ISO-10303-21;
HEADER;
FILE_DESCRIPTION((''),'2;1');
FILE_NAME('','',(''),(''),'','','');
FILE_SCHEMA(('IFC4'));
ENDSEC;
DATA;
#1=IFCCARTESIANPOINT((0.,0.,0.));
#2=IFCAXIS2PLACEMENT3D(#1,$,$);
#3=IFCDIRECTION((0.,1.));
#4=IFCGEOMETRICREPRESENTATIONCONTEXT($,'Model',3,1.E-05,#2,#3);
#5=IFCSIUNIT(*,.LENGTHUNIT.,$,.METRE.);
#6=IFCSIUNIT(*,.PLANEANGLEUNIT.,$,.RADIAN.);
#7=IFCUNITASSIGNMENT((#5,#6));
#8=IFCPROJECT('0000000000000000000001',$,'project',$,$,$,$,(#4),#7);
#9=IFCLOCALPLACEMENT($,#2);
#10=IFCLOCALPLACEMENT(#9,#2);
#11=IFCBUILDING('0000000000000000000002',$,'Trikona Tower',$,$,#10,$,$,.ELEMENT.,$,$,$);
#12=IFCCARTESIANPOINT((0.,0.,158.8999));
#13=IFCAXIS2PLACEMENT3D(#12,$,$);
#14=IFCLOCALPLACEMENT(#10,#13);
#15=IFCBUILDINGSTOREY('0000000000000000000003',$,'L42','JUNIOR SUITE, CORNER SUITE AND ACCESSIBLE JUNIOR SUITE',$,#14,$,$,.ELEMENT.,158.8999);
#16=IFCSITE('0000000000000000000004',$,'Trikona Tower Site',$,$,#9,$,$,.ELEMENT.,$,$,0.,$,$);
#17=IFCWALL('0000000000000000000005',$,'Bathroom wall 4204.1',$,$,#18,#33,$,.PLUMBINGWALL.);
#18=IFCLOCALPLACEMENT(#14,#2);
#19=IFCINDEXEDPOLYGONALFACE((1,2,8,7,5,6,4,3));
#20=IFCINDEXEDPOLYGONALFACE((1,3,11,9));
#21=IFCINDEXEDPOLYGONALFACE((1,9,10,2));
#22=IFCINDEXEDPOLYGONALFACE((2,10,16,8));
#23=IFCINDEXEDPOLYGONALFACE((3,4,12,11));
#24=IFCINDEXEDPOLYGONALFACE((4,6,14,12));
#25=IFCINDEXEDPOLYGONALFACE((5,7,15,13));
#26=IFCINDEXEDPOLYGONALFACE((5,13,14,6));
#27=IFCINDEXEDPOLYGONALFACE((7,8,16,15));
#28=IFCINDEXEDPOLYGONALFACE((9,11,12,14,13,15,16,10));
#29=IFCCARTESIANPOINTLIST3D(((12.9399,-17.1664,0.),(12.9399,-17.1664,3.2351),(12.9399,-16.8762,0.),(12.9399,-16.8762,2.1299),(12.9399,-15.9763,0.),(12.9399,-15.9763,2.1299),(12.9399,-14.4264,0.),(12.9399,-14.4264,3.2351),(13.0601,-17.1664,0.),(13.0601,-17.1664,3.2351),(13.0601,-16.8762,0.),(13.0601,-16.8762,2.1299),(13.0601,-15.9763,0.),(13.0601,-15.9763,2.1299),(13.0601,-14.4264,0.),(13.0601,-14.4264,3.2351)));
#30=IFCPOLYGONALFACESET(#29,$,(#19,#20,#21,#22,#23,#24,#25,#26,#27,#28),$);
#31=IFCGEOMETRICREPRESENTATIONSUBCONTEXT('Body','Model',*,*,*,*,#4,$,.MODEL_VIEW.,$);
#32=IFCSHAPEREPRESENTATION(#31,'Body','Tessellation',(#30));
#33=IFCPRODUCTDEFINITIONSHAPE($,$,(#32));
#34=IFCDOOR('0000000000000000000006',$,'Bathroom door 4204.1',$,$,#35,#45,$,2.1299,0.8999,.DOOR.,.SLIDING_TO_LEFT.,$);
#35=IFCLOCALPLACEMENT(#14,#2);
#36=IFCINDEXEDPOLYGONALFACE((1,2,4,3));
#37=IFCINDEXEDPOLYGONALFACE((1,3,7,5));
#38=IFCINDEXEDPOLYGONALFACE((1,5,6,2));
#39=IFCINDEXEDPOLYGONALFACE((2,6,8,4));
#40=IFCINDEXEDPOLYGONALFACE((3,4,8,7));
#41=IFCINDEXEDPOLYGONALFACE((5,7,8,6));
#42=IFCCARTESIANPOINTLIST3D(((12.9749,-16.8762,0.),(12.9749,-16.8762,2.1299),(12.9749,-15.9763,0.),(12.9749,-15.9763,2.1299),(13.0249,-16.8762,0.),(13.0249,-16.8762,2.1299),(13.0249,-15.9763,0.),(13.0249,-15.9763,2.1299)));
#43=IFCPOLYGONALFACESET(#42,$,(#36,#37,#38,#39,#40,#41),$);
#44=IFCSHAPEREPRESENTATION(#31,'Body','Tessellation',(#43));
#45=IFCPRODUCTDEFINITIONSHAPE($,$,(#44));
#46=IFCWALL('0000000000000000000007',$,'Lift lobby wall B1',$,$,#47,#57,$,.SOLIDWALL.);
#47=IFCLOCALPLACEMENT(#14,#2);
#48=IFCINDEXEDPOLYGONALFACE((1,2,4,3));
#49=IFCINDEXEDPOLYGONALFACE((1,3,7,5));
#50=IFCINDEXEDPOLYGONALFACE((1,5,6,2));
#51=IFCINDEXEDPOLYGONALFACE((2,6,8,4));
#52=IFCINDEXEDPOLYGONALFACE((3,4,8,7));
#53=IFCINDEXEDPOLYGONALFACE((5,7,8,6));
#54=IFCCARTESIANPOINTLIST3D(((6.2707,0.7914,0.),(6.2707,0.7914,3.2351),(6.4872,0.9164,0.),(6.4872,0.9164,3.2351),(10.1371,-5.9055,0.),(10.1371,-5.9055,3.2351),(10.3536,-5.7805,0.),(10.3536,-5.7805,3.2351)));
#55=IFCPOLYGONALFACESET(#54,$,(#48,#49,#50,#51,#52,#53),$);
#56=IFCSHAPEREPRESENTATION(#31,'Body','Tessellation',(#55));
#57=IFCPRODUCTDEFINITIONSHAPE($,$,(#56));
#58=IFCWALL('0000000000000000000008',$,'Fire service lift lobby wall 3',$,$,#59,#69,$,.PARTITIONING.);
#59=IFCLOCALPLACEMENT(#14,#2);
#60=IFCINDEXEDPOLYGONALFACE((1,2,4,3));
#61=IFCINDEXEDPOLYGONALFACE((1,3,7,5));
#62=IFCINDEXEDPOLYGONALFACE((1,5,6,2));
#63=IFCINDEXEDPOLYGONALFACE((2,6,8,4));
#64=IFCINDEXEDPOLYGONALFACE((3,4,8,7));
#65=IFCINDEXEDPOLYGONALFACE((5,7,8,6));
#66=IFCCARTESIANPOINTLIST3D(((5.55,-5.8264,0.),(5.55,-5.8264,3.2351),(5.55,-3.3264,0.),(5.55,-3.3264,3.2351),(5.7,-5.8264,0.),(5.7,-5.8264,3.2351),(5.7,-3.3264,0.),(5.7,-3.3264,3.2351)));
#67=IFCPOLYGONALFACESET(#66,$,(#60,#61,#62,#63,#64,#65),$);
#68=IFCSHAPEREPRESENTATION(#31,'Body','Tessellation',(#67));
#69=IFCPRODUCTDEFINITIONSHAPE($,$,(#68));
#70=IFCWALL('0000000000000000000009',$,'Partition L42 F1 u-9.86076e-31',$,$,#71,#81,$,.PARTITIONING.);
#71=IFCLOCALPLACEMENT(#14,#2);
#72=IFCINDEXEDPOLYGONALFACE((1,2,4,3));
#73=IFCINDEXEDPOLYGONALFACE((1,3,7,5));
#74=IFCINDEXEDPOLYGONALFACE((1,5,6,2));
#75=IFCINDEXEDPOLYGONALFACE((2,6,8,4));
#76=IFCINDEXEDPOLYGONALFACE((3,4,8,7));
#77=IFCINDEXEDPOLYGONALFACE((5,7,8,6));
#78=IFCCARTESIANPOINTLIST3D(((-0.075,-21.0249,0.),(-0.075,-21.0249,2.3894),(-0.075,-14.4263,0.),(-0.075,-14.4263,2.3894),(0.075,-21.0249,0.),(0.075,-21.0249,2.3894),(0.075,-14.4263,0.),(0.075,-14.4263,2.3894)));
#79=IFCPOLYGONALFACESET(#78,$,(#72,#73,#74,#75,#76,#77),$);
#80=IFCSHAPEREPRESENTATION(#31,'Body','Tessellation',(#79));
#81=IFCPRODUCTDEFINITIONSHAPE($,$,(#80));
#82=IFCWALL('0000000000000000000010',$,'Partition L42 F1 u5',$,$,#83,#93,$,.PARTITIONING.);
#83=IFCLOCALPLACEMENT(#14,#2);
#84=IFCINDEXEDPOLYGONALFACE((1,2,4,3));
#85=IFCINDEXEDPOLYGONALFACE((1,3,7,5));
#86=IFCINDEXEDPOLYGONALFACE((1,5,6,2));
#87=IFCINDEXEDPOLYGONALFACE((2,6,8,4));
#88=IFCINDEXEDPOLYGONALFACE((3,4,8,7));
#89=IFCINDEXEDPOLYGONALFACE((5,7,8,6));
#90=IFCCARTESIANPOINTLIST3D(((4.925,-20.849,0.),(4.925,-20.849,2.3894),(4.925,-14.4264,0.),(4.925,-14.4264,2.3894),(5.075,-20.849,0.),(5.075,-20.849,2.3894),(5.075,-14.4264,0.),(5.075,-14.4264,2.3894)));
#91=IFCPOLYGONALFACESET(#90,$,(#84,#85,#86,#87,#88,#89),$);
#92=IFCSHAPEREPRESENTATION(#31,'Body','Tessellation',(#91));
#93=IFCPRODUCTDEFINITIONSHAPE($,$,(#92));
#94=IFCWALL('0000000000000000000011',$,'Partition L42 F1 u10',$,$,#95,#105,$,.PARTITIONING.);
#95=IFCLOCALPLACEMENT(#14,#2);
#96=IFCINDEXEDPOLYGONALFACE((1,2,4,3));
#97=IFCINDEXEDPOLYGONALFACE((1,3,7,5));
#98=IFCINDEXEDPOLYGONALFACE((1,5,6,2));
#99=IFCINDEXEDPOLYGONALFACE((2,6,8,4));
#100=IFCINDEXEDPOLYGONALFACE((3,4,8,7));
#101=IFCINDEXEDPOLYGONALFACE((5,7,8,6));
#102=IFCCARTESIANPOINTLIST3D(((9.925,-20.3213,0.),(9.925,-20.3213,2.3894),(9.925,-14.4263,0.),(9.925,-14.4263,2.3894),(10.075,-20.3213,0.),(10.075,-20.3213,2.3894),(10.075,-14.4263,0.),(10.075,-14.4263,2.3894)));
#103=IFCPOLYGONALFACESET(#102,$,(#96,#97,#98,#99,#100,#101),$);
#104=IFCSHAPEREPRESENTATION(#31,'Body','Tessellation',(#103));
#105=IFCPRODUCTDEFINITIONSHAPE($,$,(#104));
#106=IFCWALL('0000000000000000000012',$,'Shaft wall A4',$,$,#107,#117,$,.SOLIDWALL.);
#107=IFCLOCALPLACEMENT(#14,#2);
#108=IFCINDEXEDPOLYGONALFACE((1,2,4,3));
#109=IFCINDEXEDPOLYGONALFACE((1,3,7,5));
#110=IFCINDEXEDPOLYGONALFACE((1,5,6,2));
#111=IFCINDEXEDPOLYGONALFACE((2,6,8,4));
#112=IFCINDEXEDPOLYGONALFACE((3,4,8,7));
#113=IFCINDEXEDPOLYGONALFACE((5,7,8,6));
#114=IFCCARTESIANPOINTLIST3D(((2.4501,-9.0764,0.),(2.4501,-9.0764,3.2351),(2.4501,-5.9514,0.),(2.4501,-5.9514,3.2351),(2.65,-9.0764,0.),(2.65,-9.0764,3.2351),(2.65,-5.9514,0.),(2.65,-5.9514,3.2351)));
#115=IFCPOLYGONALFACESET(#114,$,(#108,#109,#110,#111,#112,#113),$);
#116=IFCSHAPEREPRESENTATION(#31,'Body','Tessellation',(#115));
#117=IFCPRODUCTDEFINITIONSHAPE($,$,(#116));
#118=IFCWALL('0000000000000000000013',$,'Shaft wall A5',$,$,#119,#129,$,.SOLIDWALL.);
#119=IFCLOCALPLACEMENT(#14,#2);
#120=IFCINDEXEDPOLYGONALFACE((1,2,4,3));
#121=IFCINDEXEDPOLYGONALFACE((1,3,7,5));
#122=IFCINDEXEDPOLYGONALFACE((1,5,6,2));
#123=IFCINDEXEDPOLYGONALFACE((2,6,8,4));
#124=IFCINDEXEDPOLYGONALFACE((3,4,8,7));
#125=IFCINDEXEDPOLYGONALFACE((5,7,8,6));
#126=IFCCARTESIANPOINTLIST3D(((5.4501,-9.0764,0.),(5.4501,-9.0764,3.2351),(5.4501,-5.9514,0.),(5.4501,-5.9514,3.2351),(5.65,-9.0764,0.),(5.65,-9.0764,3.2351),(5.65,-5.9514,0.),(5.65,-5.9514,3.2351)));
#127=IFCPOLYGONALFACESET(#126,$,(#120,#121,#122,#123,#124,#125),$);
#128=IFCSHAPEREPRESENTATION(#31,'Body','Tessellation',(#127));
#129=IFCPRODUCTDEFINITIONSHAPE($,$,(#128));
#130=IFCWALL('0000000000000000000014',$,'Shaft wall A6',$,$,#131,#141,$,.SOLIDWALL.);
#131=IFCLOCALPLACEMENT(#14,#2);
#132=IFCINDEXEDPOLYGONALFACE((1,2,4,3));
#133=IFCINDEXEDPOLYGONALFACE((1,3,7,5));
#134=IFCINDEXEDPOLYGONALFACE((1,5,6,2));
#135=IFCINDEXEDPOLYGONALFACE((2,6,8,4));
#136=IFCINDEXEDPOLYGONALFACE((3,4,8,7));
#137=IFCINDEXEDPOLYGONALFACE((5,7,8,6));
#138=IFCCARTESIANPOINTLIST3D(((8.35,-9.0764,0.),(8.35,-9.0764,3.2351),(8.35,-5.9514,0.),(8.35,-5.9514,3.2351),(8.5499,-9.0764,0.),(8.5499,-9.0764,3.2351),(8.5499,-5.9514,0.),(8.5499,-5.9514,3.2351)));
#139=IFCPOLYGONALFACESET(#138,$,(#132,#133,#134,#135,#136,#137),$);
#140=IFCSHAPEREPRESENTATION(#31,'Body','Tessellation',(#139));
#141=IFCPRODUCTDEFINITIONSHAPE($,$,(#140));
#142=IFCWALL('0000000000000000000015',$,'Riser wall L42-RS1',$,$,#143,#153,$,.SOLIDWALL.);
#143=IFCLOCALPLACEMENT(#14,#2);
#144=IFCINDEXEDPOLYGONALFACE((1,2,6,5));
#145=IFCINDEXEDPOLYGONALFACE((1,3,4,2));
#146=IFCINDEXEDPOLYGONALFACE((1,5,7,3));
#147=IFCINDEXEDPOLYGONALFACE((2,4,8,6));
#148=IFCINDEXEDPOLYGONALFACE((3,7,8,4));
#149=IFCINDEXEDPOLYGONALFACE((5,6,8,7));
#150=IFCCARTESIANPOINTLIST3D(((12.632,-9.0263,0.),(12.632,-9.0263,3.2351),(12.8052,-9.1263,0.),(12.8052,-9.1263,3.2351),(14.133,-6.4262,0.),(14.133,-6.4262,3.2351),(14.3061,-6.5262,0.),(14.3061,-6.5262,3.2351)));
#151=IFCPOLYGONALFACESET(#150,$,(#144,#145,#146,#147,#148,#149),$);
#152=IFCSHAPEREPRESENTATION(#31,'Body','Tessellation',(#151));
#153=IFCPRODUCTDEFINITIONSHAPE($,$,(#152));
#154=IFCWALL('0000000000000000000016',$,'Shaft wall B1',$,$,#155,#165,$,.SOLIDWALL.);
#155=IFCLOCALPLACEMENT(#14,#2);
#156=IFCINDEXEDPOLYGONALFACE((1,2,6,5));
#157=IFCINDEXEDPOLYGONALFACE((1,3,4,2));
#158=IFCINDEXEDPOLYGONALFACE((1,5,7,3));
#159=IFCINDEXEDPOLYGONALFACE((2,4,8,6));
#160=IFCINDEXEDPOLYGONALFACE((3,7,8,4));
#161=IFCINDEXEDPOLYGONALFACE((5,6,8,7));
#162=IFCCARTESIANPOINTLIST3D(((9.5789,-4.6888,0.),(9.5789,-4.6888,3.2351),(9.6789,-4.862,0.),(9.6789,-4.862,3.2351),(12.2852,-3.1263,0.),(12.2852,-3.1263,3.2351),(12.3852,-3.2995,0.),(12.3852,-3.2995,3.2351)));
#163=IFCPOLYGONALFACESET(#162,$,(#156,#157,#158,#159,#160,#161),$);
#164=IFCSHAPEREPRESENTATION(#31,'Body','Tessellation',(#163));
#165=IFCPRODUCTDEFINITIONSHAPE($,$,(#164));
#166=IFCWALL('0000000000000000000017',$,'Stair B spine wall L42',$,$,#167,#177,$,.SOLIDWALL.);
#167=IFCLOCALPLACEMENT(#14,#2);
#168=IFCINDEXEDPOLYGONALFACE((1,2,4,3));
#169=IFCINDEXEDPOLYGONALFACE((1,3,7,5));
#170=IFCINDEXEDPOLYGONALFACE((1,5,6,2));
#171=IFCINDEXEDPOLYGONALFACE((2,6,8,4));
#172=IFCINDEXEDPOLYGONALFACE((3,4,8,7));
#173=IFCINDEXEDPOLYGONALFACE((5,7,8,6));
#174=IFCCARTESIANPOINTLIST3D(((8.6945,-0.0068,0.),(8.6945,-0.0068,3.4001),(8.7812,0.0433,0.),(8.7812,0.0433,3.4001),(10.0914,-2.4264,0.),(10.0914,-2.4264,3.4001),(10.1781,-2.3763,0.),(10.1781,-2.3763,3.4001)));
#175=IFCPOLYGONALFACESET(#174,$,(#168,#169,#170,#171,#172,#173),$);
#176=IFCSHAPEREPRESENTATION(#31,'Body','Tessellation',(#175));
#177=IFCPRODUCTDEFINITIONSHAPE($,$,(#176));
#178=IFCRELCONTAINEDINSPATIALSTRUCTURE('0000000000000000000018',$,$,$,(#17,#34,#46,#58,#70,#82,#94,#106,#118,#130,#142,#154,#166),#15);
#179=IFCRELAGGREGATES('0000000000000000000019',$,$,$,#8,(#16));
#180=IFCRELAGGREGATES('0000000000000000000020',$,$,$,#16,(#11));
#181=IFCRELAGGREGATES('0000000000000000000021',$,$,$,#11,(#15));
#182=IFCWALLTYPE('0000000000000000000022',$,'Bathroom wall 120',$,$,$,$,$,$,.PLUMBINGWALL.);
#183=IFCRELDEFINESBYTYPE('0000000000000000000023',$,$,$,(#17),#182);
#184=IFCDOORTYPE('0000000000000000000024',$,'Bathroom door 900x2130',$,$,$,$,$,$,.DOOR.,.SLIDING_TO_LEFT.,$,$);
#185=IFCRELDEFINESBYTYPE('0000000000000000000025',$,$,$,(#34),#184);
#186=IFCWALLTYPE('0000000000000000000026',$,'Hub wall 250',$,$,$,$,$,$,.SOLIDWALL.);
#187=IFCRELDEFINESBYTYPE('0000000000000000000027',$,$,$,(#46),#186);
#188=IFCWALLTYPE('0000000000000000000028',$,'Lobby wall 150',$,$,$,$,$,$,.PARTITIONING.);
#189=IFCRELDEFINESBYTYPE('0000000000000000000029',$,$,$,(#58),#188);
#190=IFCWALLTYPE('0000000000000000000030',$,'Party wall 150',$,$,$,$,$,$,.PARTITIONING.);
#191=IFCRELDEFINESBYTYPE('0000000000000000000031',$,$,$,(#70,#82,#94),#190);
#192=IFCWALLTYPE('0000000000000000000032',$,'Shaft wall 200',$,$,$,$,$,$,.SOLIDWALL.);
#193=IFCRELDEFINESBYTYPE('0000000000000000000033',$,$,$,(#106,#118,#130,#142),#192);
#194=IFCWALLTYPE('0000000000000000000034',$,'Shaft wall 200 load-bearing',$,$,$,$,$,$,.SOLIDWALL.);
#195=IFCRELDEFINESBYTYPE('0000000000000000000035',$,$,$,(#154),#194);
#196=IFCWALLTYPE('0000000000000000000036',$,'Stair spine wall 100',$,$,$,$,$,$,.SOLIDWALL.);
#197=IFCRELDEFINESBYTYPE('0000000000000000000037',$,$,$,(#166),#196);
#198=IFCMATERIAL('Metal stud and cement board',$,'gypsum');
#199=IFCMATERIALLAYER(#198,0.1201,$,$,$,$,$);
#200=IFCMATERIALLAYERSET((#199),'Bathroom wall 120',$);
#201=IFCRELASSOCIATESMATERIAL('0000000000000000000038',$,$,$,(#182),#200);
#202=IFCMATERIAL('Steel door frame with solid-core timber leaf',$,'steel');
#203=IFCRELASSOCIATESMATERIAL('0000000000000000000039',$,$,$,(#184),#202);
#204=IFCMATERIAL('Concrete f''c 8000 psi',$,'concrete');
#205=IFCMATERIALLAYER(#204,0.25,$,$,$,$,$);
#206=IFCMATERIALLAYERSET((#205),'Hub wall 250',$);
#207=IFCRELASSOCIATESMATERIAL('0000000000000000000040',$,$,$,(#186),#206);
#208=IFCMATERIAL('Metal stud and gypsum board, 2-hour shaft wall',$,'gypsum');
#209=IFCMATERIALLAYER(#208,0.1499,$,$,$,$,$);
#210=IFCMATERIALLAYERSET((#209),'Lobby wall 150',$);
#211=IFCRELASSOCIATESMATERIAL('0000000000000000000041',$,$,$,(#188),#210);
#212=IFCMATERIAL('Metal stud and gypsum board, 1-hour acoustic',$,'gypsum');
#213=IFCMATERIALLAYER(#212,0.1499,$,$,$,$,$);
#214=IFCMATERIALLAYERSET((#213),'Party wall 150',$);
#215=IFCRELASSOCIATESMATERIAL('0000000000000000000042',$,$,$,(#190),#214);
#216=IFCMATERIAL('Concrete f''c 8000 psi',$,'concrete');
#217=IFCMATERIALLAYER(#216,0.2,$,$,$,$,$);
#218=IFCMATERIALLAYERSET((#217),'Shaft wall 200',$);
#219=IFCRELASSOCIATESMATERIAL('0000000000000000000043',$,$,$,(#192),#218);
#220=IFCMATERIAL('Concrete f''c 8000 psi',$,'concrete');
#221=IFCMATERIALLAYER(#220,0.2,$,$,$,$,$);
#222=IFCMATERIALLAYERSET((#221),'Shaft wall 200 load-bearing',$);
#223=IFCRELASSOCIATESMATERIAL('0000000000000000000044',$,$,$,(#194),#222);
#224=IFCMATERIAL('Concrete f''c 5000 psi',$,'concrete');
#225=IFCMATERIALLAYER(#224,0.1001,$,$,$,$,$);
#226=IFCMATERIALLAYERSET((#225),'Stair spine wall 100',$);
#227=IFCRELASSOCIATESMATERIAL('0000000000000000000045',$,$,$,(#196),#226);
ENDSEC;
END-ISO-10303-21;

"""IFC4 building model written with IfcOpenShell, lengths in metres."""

from ifc_helpers import new_model, si_unit, direction, frame, frame_2d, origin, place, context, subcontext, project, spatial, rectangle, extrude, material, layer, layer_set, type_object, element, fill, save


model = new_model("IFC4")

# Units and contexts
model_context = context("Model", 3, precision=1e-05, world=origin(), true_north=direction((0.0, 1.0)))
body_context = subcontext(model_context, "Body", "Model", "MODEL_VIEW")
ifc_project = project(units=[si_unit("LENGTHUNIT", "METRE"), si_unit("PLANEANGLEUNIT", "RADIAN")], contexts=[model_context])

# Site, building, storey
site_placement = place(None, origin())
site = spatial("IfcSite", under=ifc_project, at=site_placement, Name="Trikona Tower Site", CompositionType="ELEMENT", RefElevation=0.0)
building_placement = place(site_placement, origin())
building = spatial("IfcBuilding", under=site, at=building_placement, Name="Trikona Tower", CompositionType="ELEMENT")
storey_placement = place(building_placement, frame((0.0, 0.0, 158.8999)))
storey = spatial("IfcBuildingStorey", under=building, at=storey_placement, Name="L42", Description="JUNIOR SUITE, CORNER SUITE AND ACCESSIBLE JUNIOR SUITE", CompositionType="ELEMENT", Elevation=158.8999)

# Shared definitions
ifc_material_1 = material(Name="Metal stud and cement board", Category="gypsum")
ifc_layer_1 = layer(ifc_material_1, 0.1201)
ifc_layer_set_1 = layer_set([ifc_layer_1], Name="Bathroom wall 120")
wall_type_1 = type_object("IfcWallType", Name="Bathroom wall 120", PredefinedType="PLUMBINGWALL", material=ifc_layer_set_1)

# Shared definitions
ifc_material_2 = material(Name="Steel door frame with solid-core timber leaf", Category="steel")
door_type_1 = type_object("IfcDoorType", Name="Bathroom door 900x2130", OperationType="SLIDING_TO_LEFT", PredefinedType="DOOR", material=ifc_material_2)

# Wall, opening, door
wall_1_placement = place(storey_placement, frame((13.0, -14.4263, 0.0), z_axis=(0.0, 0.0, 1.0), x_axis=(0.0, -1.0, 0.0)))
wall_1 = element("IfcWall", 1, at=wall_1_placement, inside=storey, type_object=wall_type_1, Name="Bathroom wall 4204.1", PredefinedType="PLUMBINGWALL", context=body_context, shape_type="SweptSolid", body=[
    extrude(rectangle(XDim=2.74, YDim=0.1201, at=frame_2d((1.3701, 0.0))), origin(), (0.0, 0.0, 1.0), 3.2351),
])
opening_1_placement = place(wall_1_placement, frame((1.55, 0.0, 0.0)))
opening_1 = element("IfcOpeningElement", 2, at=opening_1_placement, cuts=wall_1, PredefinedType="OPENING", context=body_context, shape_type="SweptSolid", body=[
    extrude(rectangle(XDim=0.8999, YDim=2.1299, at=frame_2d((0.45, 1.0649))), frame((0.0, 0.0701, 0.0), z_axis=(0.0, -1.0, 0.0), x_axis=(1.0, 0.0, 0.0)), (0.0, 0.0, 1.0), 0.1401),
])
door_1_placement = place(opening_1_placement, origin())
door_1 = element("IfcDoor", 3, at=door_1_placement, inside=storey, type_object=door_type_1, Name="Bathroom door 4204.1", OperationType="SLIDING_TO_LEFT", OverallHeight=2.1299, OverallWidth=0.8999, PredefinedType="DOOR", context=body_context, shape_type="SweptSolid", body=[
    extrude(rectangle(XDim=0.8999, YDim=2.1299, at=frame_2d((0.45, 1.0649))), frame((0.0, 0.0249, 0.0), z_axis=(0.0, -1.0, 0.0), x_axis=(1.0, 0.0, 0.0)), (0.0, 0.0, 1.0), 0.05),
])
fill(opening_1, door_1)

# Walls
ifc_material_3 = material(Name="Concrete f'c 8000 psi", Category="concrete")
ifc_layer_2 = layer(ifc_material_3, 0.25)
ifc_layer_set_2 = layer_set([ifc_layer_2], Name="Hub wall 250")
wall_type_2 = type_object("IfcWallType", Name="Hub wall 250", PredefinedType="SOLIDWALL", material=ifc_layer_set_2)
wall_2_placement = place(storey_placement, frame((10.2454, -5.843, 0.0), z_axis=(0.0, 0.0, 1.0), x_axis=(-0.499993, 0.866029, 0.0)))
element("IfcWall", 4, at=wall_2_placement, inside=storey, type_object=wall_type_2, Name="Lift lobby wall B1", PredefinedType="SOLIDWALL", context=body_context, shape_type="SweptSolid", body=[
    extrude(rectangle(XDim=7.7329, YDim=0.25, at=frame_2d((3.8665, 0.0))), origin(), (0.0, 0.0, 1.0), 3.2351),
])
ifc_material_4 = material(Name="Metal stud and gypsum board, 2-hour shaft wall", Category="gypsum")
ifc_layer_3 = layer(ifc_material_4, 0.1499)
ifc_layer_set_3 = layer_set([ifc_layer_3], Name="Lobby wall 150")
wall_type_3 = type_object("IfcWallType", Name="Lobby wall 150", PredefinedType="PARTITIONING", material=ifc_layer_set_3)
wall_3_placement = place(storey_placement, frame((5.625, -5.8264, 0.0), z_axis=(0.0, 0.0, 1.0), x_axis=(0.0, 1.0, 0.0)))
element("IfcWall", 5, at=wall_3_placement, inside=storey, type_object=wall_type_3, Name="Fire service lift lobby wall 3", PredefinedType="PARTITIONING", context=body_context, shape_type="SweptSolid", body=[
    extrude(rectangle(XDim=2.5, YDim=0.1499, at=frame_2d((1.25, 0.0))), origin(), (0.0, 0.0, 1.0), 3.2351),
])
ifc_material_5 = material(Name="Metal stud and gypsum board, 1-hour acoustic", Category="gypsum")
ifc_layer_4 = layer(ifc_material_5, 0.1499)
ifc_layer_set_4 = layer_set([ifc_layer_4], Name="Party wall 150")
wall_type_4 = type_object("IfcWallType", Name="Party wall 150", PredefinedType="PARTITIONING", material=ifc_layer_set_4)
wall_4_placement = place(storey_placement, frame((0.0, -14.4263, 0.0), z_axis=(0.0, 0.0, 1.0), x_axis=(0.0, -1.0, 0.0)))
element("IfcWall", 6, at=wall_4_placement, inside=storey, type_object=wall_type_4, Name="Partition L42 F1 u-9.86076e-31", PredefinedType="PARTITIONING", context=body_context, shape_type="SweptSolid", body=[
    extrude(rectangle(XDim=6.5986, YDim=0.1499, at=frame_2d((3.2993, 0.0))), origin(), (0.0, 0.0, 1.0), 2.3894),
])
wall_5_placement = place(storey_placement, frame((5.0, -14.4263, 0.0), z_axis=(0.0, 0.0, 1.0), x_axis=(0.0, -1.0, 0.0)))
element("IfcWall", 7, at=wall_5_placement, inside=storey, type_object=wall_type_4, Name="Partition L42 F1 u5", PredefinedType="PARTITIONING", context=body_context, shape_type="SweptSolid", body=[
    extrude(rectangle(XDim=6.4226, YDim=0.1499, at=frame_2d((3.2114, 0.0))), origin(), (0.0, 0.0, 1.0), 2.3894),
])
wall_6_placement = place(storey_placement, frame((10.0, -14.4263, 0.0), z_axis=(0.0, 0.0, 1.0), x_axis=(0.0, -1.0, 0.0)))
element("IfcWall", 8, at=wall_6_placement, inside=storey, type_object=wall_type_4, Name="Partition L42 F1 u10", PredefinedType="PARTITIONING", context=body_context, shape_type="SweptSolid", body=[
    extrude(rectangle(XDim=5.895, YDim=0.1499, at=frame_2d((2.9475, 0.0))), origin(), (0.0, 0.0, 1.0), 2.3894),
])
ifc_material_6 = material(Name="Concrete f'c 8000 psi", Category="concrete")
ifc_layer_5 = layer(ifc_material_6, 0.2)
ifc_layer_set_5 = layer_set([ifc_layer_5], Name="Shaft wall 200")
wall_type_5 = type_object("IfcWallType", Name="Shaft wall 200", PredefinedType="SOLIDWALL", material=ifc_layer_set_5)
for number, where, z_axis, x_axis, name in (
    (9, (2.55, -5.9514, 0.0), (0.0, 0.0, 1.0), (0.0, -1.0, 0.0), "Shaft wall A4"),
    (10, (5.55, -5.9514, 0.0), (0.0, 0.0, 1.0), (0.0, -1.0, 0.0), "Shaft wall A5"),
    (11, (8.45, -5.9514, 0.0), (0.0, 0.0, 1.0), (0.0, -1.0, 0.0), "Shaft wall A6"),
):
    element("IfcWall", number, at=place(storey_placement, frame(where, z_axis=z_axis, x_axis=x_axis)), inside=storey, type_object=wall_type_5, Name=name, PredefinedType="SOLIDWALL", context=body_context, shape_type="SweptSolid", body=[
        extrude(rectangle(XDim=3.125, YDim=0.2, at=frame_2d((1.5625, 0.0))), origin(), (0.0, 0.0, 1.0), 3.2351),
    ])
wall_7_placement = place(storey_placement, frame((14.2195, -6.4763, 0.0), z_axis=(0.0, 0.0, 1.0), x_axis=(-0.499952, -0.866053, 0.0)))
element("IfcWall", 12, at=wall_7_placement, inside=storey, type_object=wall_type_5, Name="Riser wall L42-RS1", PredefinedType="SOLIDWALL", context=body_context, shape_type="SweptSolid", body=[
    extrude(rectangle(XDim=3.0022, YDim=0.2, at=frame_2d((1.501, 0.0))), origin(), (0.0, 0.0, 1.0), 3.2351),
])
ifc_material_7 = material(Name="Concrete f'c 8000 psi", Category="concrete")
ifc_layer_6 = layer(ifc_material_7, 0.2)
ifc_layer_set_6 = layer_set([ifc_layer_6], Name="Shaft wall 200 load-bearing")
wall_type_6 = type_object("IfcWallType", Name="Shaft wall 200 load-bearing", PredefinedType="SOLIDWALL", material=ifc_layer_set_6)
wall_8_placement = place(storey_placement, frame((9.6289, -4.7754, 0.0), z_axis=(0.0, 0.0, 1.0), x_axis=(0.866023, 0.500004, 0.0)))
element("IfcWall", 13, at=wall_8_placement, inside=storey, type_object=wall_type_6, Name="Shaft wall B1", PredefinedType="SOLIDWALL", context=body_context, shape_type="SweptSolid", body=[
    extrude(rectangle(XDim=3.125, YDim=0.2, at=frame_2d((1.5625, 0.0))), origin(), (0.0, 0.0, 1.0), 3.2351),
])
ifc_material_8 = material(Name="Concrete f'c 5000 psi", Category="concrete")
ifc_layer_7 = layer(ifc_material_8, 0.1001)
ifc_layer_set_7 = layer_set([ifc_layer_7], Name="Stair spine wall 100")
wall_type_7 = type_object("IfcWallType", Name="Stair spine wall 100", PredefinedType="SOLIDWALL", material=ifc_layer_set_7)
wall_9_placement = place(storey_placement, frame((10.1348, -2.4014, 0.0), z_axis=(0.0, 0.0, 1.0), x_axis=(-0.499992, 0.86603, 0.0)))
element("IfcWall", 14, at=wall_9_placement, inside=storey, type_object=wall_type_7, Name="Stair B spine wall L42", PredefinedType="SOLIDWALL", context=body_context, shape_type="SweptSolid", body=[
    extrude(rectangle(XDim=2.7939, YDim=0.1001, at=frame_2d((1.397, 0.0))), origin(), (0.0, 0.0, 1.0), 3.4001),
])

save(model, "model.ifc")
